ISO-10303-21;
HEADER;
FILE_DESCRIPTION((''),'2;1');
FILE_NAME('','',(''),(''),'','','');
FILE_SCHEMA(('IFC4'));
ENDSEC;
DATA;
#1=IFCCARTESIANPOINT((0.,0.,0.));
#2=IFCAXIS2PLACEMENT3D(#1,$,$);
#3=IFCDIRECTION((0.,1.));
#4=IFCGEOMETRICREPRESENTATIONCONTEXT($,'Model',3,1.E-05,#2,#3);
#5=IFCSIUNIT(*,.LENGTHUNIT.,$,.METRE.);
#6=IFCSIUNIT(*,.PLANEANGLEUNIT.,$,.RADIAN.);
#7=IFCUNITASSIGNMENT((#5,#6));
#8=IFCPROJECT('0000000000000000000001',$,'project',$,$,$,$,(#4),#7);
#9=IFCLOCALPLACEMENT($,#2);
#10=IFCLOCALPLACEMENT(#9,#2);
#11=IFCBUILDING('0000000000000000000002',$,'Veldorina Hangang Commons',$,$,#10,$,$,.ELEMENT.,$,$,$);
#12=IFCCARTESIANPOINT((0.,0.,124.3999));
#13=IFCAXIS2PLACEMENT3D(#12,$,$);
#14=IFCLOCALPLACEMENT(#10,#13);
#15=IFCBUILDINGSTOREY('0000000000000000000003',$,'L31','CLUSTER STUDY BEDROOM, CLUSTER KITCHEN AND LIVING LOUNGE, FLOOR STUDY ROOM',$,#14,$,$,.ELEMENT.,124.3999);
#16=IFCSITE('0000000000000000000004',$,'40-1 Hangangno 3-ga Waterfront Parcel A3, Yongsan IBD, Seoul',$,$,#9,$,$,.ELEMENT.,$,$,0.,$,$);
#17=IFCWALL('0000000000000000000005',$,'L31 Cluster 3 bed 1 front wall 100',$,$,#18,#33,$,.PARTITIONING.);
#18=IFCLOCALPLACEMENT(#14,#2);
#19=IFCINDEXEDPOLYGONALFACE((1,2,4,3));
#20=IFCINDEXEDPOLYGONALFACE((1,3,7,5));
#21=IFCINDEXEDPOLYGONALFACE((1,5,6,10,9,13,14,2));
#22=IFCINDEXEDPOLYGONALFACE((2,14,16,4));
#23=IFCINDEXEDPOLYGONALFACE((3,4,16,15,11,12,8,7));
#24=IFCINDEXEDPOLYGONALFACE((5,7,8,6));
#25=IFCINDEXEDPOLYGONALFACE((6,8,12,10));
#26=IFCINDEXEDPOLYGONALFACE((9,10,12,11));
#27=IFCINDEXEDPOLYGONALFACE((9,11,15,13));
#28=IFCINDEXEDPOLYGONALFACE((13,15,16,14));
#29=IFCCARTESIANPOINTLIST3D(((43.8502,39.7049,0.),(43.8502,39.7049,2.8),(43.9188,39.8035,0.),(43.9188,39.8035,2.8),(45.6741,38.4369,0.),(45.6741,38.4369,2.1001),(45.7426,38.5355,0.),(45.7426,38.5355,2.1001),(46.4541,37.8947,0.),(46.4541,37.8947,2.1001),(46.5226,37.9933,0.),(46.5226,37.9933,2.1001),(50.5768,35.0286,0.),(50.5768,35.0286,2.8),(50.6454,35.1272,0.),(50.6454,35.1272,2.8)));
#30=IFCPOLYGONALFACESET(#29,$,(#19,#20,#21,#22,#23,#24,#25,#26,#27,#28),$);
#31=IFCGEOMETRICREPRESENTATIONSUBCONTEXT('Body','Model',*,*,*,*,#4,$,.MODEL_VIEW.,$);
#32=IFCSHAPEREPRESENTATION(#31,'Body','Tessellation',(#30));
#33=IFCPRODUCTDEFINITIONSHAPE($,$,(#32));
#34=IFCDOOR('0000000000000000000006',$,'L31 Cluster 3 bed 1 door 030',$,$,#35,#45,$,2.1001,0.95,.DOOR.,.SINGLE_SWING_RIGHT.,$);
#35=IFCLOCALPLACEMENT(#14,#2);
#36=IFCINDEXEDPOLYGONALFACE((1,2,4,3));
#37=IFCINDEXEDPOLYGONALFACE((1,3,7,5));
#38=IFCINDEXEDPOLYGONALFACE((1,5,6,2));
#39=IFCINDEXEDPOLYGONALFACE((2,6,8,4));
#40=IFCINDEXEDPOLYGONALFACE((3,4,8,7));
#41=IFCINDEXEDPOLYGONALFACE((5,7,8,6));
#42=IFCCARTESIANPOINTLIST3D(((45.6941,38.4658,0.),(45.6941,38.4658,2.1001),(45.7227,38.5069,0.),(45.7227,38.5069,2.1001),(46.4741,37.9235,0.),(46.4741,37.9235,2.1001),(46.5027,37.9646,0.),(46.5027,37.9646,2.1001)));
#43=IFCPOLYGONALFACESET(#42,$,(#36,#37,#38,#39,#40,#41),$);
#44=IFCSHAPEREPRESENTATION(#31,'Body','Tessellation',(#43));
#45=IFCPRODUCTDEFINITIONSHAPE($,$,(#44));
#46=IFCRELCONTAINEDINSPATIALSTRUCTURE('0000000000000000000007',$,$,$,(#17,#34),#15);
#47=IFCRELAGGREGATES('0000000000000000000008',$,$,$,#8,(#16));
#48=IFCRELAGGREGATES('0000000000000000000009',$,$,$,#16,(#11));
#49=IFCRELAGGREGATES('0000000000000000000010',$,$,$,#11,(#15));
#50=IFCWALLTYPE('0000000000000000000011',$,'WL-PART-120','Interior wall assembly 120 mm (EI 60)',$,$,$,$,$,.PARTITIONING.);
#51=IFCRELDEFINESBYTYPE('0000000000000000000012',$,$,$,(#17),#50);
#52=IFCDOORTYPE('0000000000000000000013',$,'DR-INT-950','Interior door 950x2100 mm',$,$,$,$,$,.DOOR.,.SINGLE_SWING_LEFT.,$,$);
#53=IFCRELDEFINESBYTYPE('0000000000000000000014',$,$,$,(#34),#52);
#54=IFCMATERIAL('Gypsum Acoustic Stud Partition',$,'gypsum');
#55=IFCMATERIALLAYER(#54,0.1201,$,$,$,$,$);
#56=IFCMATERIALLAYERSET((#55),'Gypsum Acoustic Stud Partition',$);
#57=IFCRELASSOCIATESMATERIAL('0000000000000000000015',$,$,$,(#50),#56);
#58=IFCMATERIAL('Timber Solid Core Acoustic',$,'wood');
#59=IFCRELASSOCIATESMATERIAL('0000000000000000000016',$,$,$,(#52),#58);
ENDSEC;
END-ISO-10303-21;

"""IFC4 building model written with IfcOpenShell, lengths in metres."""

from ifc_helpers import new_model, si_unit, direction, frame, frame_2d, origin, place, context, subcontext, project, spatial, rectangle, extrude, material, layer, layer_set, type_object, element, fill, save


model = new_model("IFC4")

# Units and contexts
model_context = context("Model", 3, precision=1e-05, world=origin(), true_north=direction((0.0, 1.0)))
body_context = subcontext(model_context, "Body", "Model", "MODEL_VIEW")
ifc_project = project(units=[si_unit("LENGTHUNIT", "METRE"), si_unit("PLANEANGLEUNIT", "RADIAN")], contexts=[model_context])

# Site, building, storey
site_placement = place(None, origin())
site = spatial("IfcSite", under=ifc_project, at=site_placement, Name="40-1 Hangangno 3-ga Waterfront Parcel A3, Yongsan IBD, Seoul", CompositionType="ELEMENT", RefElevation=0.0)
building_placement = place(site_placement, origin())
building = spatial("IfcBuilding", under=site, at=building_placement, Name="Veldorina Hangang Commons", CompositionType="ELEMENT")
storey_placement = place(building_placement, frame((0.0, 0.0, 124.3999)))
storey = spatial("IfcBuildingStorey", under=building, at=storey_placement, Name="L31", Description="CLUSTER STUDY BEDROOM, CLUSTER KITCHEN AND LIVING LOUNGE, FLOOR STUDY ROOM", CompositionType="ELEMENT", Elevation=124.3999)

# Shared definitions
ifc_material_1 = material(Name="Gypsum Acoustic Stud Partition", Category="gypsum")
ifc_layer_1 = layer(ifc_material_1, 0.1201)
ifc_layer_set_1 = layer_set([ifc_layer_1], Name="Gypsum Acoustic Stud Partition")
wall_type_1 = type_object("IfcWallType", Name="WL-PART-120", Description="Interior wall assembly 120 mm (EI 60)", PredefinedType="PARTITIONING", material=ifc_layer_set_1)

# Wall, opening, door
wall_1_placement = place(storey_placement, frame((50.6111, 35.0779, 0.0), z_axis=(0.0, 0.0, 1.0), x_axis=(-0.821081, 0.570811, 0.0)))
wall_1 = element("IfcWall", 1, at=wall_1_placement, inside=storey, type_object=wall_type_1, Name="L31 Cluster 3 bed 1 front wall 100", PredefinedType="PARTITIONING", context=body_context, shape_type="SweptSolid", body=[
    extrude(rectangle(XDim=8.1924, YDim=0.1201, at=frame_2d((4.0962, 0.0))), origin(), (0.0, 0.0, 1.0), 2.8),
])
opening_1_placement = place(wall_1_placement, frame((5.021, 0.0, 0.0)))
opening_1 = element("IfcOpeningElement", 2, at=opening_1_placement, cuts=wall_1, PredefinedType="OPENING", context=body_context, shape_type="SweptSolid", body=[
    extrude(rectangle(XDim=0.95, YDim=2.1001, at=frame_2d((0.4751, 1.05))), frame((0.0, 0.0701, 0.0), z_axis=(0.0, -1.0, 0.0), x_axis=(1.0, 0.0, 0.0)), (0.0, 0.0, 1.0), 0.1401),
])
ifc_material_2 = material(Name="Timber Solid Core Acoustic", Category="wood")
door_type = type_object("IfcDoorType", Name="DR-INT-950", Description="Interior door 950x2100 mm", OperationType="SINGLE_SWING_LEFT", PredefinedType="DOOR", material=ifc_material_2)
door_placement = place(opening_1_placement, origin())
door = element("IfcDoor", 3, at=door_placement, inside=storey, type_object=door_type, Name="L31 Cluster 3 bed 1 door 030", OperationType="SINGLE_SWING_RIGHT", OverallHeight=2.1001, OverallWidth=0.95, PredefinedType="DOOR", context=body_context, shape_type="SweptSolid", body=[
    extrude(rectangle(XDim=0.95, YDim=2.1001, at=frame_2d((0.4751, 1.05))), frame((0.0, 0.0249, 0.0), z_axis=(0.0, -1.0, 0.0), x_axis=(1.0, 0.0, 0.0)), (0.0, 0.0, 1.0), 0.05),
])
fill(opening_1, door)

save(model, "model.ifc")
